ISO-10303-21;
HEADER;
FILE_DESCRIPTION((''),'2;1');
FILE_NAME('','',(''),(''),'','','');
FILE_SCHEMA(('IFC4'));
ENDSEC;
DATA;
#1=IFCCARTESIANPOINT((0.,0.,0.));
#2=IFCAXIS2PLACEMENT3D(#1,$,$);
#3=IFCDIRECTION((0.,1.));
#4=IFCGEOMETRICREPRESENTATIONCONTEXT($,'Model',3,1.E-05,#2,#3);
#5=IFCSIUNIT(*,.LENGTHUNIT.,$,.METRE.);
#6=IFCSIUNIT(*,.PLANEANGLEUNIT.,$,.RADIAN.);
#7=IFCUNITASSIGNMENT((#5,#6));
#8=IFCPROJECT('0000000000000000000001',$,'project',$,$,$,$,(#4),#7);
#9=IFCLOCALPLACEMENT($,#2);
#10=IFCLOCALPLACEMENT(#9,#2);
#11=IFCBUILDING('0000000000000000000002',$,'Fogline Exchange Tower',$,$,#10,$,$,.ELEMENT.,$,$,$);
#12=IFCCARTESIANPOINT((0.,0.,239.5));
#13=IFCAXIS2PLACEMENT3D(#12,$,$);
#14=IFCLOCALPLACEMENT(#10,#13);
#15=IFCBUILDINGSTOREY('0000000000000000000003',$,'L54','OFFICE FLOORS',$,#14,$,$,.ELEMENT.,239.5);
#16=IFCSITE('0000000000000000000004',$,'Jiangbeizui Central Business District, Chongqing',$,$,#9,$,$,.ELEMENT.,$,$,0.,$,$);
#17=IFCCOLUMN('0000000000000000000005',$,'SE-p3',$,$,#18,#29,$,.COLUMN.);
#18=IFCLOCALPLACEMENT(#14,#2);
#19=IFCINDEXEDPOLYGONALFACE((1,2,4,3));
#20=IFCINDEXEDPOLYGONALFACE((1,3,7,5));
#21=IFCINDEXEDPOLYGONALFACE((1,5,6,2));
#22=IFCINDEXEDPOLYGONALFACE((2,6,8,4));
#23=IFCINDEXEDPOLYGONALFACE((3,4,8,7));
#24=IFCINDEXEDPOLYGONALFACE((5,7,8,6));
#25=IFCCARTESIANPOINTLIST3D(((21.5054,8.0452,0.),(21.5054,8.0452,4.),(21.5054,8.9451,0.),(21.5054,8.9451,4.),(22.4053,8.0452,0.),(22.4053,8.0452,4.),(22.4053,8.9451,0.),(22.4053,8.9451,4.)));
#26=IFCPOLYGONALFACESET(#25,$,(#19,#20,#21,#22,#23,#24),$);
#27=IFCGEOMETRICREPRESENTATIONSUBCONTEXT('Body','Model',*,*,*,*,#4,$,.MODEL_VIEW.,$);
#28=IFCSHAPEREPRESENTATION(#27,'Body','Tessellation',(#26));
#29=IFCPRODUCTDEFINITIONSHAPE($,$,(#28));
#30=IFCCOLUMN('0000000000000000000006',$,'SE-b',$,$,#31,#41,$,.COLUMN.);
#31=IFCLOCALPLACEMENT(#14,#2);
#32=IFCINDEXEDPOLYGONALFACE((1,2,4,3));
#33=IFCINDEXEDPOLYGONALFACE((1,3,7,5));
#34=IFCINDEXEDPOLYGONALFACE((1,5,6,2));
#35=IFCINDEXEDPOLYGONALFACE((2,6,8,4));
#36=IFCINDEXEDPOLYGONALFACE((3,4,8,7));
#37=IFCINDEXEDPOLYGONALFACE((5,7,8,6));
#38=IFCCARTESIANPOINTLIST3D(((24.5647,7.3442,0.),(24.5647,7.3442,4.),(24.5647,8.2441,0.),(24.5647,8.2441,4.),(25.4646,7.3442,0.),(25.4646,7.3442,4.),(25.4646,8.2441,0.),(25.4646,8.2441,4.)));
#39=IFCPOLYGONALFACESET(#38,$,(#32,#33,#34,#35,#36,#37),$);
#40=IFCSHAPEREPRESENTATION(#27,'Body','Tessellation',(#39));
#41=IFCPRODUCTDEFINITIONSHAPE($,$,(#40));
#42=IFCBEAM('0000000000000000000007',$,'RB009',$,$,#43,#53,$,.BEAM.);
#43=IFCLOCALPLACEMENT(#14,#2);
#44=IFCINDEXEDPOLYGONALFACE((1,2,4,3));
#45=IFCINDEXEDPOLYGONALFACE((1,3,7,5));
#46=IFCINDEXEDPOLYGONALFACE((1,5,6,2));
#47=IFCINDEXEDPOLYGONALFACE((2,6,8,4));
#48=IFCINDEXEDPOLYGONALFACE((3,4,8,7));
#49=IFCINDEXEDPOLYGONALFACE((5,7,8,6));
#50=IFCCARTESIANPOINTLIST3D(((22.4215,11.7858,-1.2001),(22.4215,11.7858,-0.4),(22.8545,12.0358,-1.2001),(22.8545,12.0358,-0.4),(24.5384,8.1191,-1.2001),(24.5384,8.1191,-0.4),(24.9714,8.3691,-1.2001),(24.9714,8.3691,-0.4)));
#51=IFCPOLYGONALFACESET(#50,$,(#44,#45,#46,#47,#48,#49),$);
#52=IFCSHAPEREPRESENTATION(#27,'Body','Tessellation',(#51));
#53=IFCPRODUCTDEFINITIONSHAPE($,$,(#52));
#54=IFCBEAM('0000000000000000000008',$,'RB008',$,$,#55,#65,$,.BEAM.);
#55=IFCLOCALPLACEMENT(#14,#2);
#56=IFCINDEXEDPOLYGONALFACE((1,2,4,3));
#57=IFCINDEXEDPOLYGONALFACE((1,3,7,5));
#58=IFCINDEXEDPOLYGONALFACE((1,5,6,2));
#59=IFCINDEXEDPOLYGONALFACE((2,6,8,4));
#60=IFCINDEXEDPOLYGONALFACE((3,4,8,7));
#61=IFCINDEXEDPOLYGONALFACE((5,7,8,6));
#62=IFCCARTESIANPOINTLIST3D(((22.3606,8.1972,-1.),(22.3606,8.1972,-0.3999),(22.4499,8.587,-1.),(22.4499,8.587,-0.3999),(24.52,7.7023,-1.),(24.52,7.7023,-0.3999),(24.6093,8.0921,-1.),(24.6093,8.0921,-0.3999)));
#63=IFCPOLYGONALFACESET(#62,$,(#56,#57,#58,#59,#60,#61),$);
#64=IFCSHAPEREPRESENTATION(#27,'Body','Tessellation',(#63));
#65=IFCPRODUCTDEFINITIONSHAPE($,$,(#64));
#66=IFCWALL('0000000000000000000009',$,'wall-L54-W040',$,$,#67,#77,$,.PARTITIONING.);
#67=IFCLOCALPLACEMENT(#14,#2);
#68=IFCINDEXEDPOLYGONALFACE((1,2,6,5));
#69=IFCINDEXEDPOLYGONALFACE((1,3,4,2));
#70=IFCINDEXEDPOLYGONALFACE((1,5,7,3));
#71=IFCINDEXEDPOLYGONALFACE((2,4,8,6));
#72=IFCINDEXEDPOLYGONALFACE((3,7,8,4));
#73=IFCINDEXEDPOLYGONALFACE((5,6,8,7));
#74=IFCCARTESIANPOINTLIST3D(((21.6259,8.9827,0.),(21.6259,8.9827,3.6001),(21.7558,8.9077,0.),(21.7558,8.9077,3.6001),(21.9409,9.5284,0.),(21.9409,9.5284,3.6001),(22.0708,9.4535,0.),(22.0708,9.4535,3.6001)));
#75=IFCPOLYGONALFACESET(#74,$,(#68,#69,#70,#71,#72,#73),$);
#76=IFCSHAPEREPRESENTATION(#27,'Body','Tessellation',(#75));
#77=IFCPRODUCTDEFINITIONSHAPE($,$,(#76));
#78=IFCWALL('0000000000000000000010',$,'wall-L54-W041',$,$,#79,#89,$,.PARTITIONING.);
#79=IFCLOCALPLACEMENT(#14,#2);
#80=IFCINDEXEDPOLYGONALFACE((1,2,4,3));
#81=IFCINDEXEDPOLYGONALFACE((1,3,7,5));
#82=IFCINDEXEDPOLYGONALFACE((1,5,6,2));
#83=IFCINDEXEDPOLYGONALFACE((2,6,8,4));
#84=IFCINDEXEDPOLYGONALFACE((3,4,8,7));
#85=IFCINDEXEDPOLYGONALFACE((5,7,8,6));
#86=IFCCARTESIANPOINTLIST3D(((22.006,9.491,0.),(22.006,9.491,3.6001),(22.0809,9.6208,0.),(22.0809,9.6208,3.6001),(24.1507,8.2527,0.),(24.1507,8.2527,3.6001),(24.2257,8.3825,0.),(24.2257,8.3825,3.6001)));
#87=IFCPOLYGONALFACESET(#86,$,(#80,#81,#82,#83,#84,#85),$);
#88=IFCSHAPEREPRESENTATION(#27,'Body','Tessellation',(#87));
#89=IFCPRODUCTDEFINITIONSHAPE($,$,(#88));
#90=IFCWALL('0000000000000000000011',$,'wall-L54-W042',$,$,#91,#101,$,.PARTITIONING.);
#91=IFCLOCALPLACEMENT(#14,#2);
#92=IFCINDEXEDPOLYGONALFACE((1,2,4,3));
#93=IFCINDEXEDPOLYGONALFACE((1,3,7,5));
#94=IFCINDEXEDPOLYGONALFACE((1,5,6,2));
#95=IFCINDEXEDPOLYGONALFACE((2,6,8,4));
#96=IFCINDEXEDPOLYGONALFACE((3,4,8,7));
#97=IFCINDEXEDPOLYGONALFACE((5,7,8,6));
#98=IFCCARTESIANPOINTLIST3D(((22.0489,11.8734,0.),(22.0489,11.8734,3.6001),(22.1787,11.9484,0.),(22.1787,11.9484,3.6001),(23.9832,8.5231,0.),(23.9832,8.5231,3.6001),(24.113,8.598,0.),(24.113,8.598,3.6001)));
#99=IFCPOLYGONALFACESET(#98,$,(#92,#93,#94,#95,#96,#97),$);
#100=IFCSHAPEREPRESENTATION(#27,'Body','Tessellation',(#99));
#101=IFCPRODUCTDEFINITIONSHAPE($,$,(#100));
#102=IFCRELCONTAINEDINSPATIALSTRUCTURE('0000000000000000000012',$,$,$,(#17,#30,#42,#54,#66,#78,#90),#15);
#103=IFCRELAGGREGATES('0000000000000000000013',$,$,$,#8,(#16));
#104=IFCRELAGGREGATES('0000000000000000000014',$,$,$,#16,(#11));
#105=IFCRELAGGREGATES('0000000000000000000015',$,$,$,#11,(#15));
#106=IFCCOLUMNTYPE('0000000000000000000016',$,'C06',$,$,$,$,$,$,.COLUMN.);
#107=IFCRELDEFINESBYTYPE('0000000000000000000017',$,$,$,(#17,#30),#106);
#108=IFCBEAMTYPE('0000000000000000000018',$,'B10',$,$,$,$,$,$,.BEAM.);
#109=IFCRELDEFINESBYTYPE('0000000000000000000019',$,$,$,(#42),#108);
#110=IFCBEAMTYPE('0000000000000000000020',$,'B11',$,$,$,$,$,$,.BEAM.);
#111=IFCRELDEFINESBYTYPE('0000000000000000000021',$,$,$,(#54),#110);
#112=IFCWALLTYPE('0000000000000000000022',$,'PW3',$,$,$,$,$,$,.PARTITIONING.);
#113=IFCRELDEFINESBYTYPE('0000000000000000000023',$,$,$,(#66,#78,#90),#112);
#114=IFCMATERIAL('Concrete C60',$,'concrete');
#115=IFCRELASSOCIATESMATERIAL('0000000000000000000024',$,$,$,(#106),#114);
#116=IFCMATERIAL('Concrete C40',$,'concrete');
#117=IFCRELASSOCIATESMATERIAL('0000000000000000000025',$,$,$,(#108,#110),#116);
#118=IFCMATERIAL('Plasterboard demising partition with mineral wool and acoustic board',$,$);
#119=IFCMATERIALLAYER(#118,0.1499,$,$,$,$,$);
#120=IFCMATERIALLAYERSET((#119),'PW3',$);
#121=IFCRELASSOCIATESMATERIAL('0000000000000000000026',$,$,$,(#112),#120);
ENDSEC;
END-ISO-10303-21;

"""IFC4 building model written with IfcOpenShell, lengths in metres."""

from ifc_helpers import new_model, si_unit, direction, frame, frame_2d, origin, origin_2d, place, context, subcontext, project, spatial, rectangle, extrude, material, layer, layer_set, material_profile, profile_set, type_object, element, save


model = new_model("IFC4")

# Units and contexts
model_context = context("Model", 3, precision=1e-05, world=origin(), true_north=direction((0.0, 1.0)))
body_context = subcontext(model_context, "Body", "Model", "MODEL_VIEW")
ifc_project = project(units=[si_unit("LENGTHUNIT", "METRE"), si_unit("PLANEANGLEUNIT", "RADIAN")], contexts=[model_context])

# Site, building, storey
site_placement = place(None, origin())
site = spatial("IfcSite", under=ifc_project, at=site_placement, Name="Jiangbeizui Central Business District, Chongqing", CompositionType="ELEMENT", RefElevation=0.0)
building_placement = place(site_placement, origin())
building = spatial("IfcBuilding", under=site, at=building_placement, Name="Fogline Exchange Tower", CompositionType="ELEMENT")
storey_placement = place(building_placement, frame((0.0, 0.0, 239.5)))
storey = spatial("IfcBuildingStorey", under=building, at=storey_placement, Name="L54", Description="OFFICE FLOORS", CompositionType="ELEMENT", Elevation=239.5)

# Columns
ifc_material_1 = material(Name="Concrete C60", Category="concrete")
ifc_material_profile_1 = material_profile(ifc_material_1, rectangle(XDim=0.8999, YDim=0.8999, at=origin_2d()), Name="RC 900x900")
ifc_profile_set_1 = profile_set([ifc_material_profile_1], Name="Concrete C60")
column_type = type_object("IfcColumnType", Name="C06", PredefinedType="COLUMN", material=ifc_profile_set_1)
for number, where, z_axis, x_axis, name in (
    (1, (21.9553, 8.4951, 0.0), (0.0, 0.0, 1.0), (1.0, 0.0, 0.0), "SE-p3"),
    (2, (25.0146, 7.7942, 0.0), (0.0, 0.0, 1.0), (1.0, 0.0, 0.0), "SE-b"),
):
    element("IfcColumn", number, at=place(storey_placement, frame(where, z_axis=z_axis, x_axis=x_axis)), inside=storey, type_object=column_type, Name=name, PredefinedType="COLUMN", context=body_context, shape_type="SweptSolid", body=[
        extrude(rectangle(XDim=0.8999, YDim=0.8999, at=origin_2d()), origin(), (0.0, 0.0, 1.0), 4.0),
    ])

# Beams
ifc_material_2 = material(Name="Concrete C40", Category="concrete")
ifc_material_profile_2 = material_profile(ifc_material_2, rectangle(XDim=0.5, YDim=0.8, at=origin_2d()), Name="RC 500x800")
ifc_profile_set_2 = profile_set([ifc_material_profile_2], Name="Concrete C40")
beam_type_1 = type_object("IfcBeamType", Name="B10", PredefinedType="BEAM", material=ifc_profile_set_2)
beam_1_placement = place(storey_placement, frame((24.7549, 8.2441, -0.8), z_axis=(-0.49999, 0.866031, 0.0), x_axis=(-0.866031, -0.49999, 0.0)))
element("IfcBeam", 3, at=beam_1_placement, inside=storey, type_object=beam_type_1, Name="RB009", PredefinedType="BEAM", context=body_context, shape_type="SweptSolid", body=[
    extrude(rectangle(XDim=0.5, YDim=0.8, at=origin_2d()), origin(), (0.0, 0.0, 1.0), 4.2339),
])
ifc_material_profile_3 = material_profile(ifc_material_2, rectangle(XDim=0.3999, YDim=0.6001, at=origin_2d()), Name="RC 400x600")
ifc_profile_set_3 = profile_set([ifc_material_profile_3], Name="Concrete C40")
beam_type_2 = type_object("IfcBeamType", Name="B11", PredefinedType="BEAM", material=ifc_profile_set_3)
beam_2_placement = place(storey_placement, frame((22.4053, 8.3921, -0.7), z_axis=(0.974732, -0.223378, 0.0), x_axis=(0.223378, 0.974732, 0.0)))
element("IfcBeam", 4, at=beam_2_placement, inside=storey, type_object=beam_type_2, Name="RB008", PredefinedType="BEAM", context=body_context, shape_type="SweptSolid", body=[
    extrude(rectangle(XDim=0.3999, YDim=0.6001, at=origin_2d()), origin(), (0.0, 0.0, 1.0), 2.2153),
])

# Walls
ifc_material_3 = material(Name="Plasterboard demising partition with mineral wool and acoustic board")
ifc_layer = layer(ifc_material_3, 0.1499)
ifc_layer_set = layer_set([ifc_layer], Name="PW3")
wall_type = type_object("IfcWallType", Name="PW3", PredefinedType="PARTITIONING", material=ifc_layer_set)
wall_1_placement = place(storey_placement, frame((21.6909, 8.9453, 0.0), z_axis=(0.0, 0.0, 1.0), x_axis=(0.49989, 0.866089, 0.0)))
element("IfcWall", 5, at=wall_1_placement, inside=storey, type_object=wall_type, Name="wall-L54-W040", PredefinedType="PARTITIONING", context=body_context, shape_type="SweptSolid", body=[
    extrude(rectangle(XDim=0.6301, YDim=0.1499, at=frame_2d((0.3149, 0.0))), origin(), (0.0, 0.0, 1.0), 3.6001),
])
wall_2_placement = place(storey_placement, frame((22.0435, 9.5559, 0.0), z_axis=(0.0, 0.0, 1.0), x_axis=(0.866026, -0.499998, 0.0)))
element("IfcWall", 6, at=wall_2_placement, inside=storey, type_object=wall_type, Name="wall-L54-W041", PredefinedType="PARTITIONING", context=body_context, shape_type="SweptSolid", body=[
    extrude(rectangle(XDim=2.4766, YDim=0.1499, at=frame_2d((1.2383, 0.0))), origin(), (0.0, 0.0, 1.0), 3.6001),
])
wall_3_placement = place(storey_placement, frame((24.0481, 8.5605, 0.0), z_axis=(0.0, 0.0, 1.0), x_axis=(-0.500001, 0.866025, 0.0)))
element("IfcWall", 7, at=wall_3_placement, inside=storey, type_object=wall_type, Name="wall-L54-W042", PredefinedType="PARTITIONING", context=body_context, shape_type="SweptSolid", body=[
    extrude(rectangle(XDim=3.8687, YDim=0.1499, at=frame_2d((1.9343, 0.0))), origin(), (0.0, 0.0, 1.0), 3.6001),
])

save(model, "model.ifc")
